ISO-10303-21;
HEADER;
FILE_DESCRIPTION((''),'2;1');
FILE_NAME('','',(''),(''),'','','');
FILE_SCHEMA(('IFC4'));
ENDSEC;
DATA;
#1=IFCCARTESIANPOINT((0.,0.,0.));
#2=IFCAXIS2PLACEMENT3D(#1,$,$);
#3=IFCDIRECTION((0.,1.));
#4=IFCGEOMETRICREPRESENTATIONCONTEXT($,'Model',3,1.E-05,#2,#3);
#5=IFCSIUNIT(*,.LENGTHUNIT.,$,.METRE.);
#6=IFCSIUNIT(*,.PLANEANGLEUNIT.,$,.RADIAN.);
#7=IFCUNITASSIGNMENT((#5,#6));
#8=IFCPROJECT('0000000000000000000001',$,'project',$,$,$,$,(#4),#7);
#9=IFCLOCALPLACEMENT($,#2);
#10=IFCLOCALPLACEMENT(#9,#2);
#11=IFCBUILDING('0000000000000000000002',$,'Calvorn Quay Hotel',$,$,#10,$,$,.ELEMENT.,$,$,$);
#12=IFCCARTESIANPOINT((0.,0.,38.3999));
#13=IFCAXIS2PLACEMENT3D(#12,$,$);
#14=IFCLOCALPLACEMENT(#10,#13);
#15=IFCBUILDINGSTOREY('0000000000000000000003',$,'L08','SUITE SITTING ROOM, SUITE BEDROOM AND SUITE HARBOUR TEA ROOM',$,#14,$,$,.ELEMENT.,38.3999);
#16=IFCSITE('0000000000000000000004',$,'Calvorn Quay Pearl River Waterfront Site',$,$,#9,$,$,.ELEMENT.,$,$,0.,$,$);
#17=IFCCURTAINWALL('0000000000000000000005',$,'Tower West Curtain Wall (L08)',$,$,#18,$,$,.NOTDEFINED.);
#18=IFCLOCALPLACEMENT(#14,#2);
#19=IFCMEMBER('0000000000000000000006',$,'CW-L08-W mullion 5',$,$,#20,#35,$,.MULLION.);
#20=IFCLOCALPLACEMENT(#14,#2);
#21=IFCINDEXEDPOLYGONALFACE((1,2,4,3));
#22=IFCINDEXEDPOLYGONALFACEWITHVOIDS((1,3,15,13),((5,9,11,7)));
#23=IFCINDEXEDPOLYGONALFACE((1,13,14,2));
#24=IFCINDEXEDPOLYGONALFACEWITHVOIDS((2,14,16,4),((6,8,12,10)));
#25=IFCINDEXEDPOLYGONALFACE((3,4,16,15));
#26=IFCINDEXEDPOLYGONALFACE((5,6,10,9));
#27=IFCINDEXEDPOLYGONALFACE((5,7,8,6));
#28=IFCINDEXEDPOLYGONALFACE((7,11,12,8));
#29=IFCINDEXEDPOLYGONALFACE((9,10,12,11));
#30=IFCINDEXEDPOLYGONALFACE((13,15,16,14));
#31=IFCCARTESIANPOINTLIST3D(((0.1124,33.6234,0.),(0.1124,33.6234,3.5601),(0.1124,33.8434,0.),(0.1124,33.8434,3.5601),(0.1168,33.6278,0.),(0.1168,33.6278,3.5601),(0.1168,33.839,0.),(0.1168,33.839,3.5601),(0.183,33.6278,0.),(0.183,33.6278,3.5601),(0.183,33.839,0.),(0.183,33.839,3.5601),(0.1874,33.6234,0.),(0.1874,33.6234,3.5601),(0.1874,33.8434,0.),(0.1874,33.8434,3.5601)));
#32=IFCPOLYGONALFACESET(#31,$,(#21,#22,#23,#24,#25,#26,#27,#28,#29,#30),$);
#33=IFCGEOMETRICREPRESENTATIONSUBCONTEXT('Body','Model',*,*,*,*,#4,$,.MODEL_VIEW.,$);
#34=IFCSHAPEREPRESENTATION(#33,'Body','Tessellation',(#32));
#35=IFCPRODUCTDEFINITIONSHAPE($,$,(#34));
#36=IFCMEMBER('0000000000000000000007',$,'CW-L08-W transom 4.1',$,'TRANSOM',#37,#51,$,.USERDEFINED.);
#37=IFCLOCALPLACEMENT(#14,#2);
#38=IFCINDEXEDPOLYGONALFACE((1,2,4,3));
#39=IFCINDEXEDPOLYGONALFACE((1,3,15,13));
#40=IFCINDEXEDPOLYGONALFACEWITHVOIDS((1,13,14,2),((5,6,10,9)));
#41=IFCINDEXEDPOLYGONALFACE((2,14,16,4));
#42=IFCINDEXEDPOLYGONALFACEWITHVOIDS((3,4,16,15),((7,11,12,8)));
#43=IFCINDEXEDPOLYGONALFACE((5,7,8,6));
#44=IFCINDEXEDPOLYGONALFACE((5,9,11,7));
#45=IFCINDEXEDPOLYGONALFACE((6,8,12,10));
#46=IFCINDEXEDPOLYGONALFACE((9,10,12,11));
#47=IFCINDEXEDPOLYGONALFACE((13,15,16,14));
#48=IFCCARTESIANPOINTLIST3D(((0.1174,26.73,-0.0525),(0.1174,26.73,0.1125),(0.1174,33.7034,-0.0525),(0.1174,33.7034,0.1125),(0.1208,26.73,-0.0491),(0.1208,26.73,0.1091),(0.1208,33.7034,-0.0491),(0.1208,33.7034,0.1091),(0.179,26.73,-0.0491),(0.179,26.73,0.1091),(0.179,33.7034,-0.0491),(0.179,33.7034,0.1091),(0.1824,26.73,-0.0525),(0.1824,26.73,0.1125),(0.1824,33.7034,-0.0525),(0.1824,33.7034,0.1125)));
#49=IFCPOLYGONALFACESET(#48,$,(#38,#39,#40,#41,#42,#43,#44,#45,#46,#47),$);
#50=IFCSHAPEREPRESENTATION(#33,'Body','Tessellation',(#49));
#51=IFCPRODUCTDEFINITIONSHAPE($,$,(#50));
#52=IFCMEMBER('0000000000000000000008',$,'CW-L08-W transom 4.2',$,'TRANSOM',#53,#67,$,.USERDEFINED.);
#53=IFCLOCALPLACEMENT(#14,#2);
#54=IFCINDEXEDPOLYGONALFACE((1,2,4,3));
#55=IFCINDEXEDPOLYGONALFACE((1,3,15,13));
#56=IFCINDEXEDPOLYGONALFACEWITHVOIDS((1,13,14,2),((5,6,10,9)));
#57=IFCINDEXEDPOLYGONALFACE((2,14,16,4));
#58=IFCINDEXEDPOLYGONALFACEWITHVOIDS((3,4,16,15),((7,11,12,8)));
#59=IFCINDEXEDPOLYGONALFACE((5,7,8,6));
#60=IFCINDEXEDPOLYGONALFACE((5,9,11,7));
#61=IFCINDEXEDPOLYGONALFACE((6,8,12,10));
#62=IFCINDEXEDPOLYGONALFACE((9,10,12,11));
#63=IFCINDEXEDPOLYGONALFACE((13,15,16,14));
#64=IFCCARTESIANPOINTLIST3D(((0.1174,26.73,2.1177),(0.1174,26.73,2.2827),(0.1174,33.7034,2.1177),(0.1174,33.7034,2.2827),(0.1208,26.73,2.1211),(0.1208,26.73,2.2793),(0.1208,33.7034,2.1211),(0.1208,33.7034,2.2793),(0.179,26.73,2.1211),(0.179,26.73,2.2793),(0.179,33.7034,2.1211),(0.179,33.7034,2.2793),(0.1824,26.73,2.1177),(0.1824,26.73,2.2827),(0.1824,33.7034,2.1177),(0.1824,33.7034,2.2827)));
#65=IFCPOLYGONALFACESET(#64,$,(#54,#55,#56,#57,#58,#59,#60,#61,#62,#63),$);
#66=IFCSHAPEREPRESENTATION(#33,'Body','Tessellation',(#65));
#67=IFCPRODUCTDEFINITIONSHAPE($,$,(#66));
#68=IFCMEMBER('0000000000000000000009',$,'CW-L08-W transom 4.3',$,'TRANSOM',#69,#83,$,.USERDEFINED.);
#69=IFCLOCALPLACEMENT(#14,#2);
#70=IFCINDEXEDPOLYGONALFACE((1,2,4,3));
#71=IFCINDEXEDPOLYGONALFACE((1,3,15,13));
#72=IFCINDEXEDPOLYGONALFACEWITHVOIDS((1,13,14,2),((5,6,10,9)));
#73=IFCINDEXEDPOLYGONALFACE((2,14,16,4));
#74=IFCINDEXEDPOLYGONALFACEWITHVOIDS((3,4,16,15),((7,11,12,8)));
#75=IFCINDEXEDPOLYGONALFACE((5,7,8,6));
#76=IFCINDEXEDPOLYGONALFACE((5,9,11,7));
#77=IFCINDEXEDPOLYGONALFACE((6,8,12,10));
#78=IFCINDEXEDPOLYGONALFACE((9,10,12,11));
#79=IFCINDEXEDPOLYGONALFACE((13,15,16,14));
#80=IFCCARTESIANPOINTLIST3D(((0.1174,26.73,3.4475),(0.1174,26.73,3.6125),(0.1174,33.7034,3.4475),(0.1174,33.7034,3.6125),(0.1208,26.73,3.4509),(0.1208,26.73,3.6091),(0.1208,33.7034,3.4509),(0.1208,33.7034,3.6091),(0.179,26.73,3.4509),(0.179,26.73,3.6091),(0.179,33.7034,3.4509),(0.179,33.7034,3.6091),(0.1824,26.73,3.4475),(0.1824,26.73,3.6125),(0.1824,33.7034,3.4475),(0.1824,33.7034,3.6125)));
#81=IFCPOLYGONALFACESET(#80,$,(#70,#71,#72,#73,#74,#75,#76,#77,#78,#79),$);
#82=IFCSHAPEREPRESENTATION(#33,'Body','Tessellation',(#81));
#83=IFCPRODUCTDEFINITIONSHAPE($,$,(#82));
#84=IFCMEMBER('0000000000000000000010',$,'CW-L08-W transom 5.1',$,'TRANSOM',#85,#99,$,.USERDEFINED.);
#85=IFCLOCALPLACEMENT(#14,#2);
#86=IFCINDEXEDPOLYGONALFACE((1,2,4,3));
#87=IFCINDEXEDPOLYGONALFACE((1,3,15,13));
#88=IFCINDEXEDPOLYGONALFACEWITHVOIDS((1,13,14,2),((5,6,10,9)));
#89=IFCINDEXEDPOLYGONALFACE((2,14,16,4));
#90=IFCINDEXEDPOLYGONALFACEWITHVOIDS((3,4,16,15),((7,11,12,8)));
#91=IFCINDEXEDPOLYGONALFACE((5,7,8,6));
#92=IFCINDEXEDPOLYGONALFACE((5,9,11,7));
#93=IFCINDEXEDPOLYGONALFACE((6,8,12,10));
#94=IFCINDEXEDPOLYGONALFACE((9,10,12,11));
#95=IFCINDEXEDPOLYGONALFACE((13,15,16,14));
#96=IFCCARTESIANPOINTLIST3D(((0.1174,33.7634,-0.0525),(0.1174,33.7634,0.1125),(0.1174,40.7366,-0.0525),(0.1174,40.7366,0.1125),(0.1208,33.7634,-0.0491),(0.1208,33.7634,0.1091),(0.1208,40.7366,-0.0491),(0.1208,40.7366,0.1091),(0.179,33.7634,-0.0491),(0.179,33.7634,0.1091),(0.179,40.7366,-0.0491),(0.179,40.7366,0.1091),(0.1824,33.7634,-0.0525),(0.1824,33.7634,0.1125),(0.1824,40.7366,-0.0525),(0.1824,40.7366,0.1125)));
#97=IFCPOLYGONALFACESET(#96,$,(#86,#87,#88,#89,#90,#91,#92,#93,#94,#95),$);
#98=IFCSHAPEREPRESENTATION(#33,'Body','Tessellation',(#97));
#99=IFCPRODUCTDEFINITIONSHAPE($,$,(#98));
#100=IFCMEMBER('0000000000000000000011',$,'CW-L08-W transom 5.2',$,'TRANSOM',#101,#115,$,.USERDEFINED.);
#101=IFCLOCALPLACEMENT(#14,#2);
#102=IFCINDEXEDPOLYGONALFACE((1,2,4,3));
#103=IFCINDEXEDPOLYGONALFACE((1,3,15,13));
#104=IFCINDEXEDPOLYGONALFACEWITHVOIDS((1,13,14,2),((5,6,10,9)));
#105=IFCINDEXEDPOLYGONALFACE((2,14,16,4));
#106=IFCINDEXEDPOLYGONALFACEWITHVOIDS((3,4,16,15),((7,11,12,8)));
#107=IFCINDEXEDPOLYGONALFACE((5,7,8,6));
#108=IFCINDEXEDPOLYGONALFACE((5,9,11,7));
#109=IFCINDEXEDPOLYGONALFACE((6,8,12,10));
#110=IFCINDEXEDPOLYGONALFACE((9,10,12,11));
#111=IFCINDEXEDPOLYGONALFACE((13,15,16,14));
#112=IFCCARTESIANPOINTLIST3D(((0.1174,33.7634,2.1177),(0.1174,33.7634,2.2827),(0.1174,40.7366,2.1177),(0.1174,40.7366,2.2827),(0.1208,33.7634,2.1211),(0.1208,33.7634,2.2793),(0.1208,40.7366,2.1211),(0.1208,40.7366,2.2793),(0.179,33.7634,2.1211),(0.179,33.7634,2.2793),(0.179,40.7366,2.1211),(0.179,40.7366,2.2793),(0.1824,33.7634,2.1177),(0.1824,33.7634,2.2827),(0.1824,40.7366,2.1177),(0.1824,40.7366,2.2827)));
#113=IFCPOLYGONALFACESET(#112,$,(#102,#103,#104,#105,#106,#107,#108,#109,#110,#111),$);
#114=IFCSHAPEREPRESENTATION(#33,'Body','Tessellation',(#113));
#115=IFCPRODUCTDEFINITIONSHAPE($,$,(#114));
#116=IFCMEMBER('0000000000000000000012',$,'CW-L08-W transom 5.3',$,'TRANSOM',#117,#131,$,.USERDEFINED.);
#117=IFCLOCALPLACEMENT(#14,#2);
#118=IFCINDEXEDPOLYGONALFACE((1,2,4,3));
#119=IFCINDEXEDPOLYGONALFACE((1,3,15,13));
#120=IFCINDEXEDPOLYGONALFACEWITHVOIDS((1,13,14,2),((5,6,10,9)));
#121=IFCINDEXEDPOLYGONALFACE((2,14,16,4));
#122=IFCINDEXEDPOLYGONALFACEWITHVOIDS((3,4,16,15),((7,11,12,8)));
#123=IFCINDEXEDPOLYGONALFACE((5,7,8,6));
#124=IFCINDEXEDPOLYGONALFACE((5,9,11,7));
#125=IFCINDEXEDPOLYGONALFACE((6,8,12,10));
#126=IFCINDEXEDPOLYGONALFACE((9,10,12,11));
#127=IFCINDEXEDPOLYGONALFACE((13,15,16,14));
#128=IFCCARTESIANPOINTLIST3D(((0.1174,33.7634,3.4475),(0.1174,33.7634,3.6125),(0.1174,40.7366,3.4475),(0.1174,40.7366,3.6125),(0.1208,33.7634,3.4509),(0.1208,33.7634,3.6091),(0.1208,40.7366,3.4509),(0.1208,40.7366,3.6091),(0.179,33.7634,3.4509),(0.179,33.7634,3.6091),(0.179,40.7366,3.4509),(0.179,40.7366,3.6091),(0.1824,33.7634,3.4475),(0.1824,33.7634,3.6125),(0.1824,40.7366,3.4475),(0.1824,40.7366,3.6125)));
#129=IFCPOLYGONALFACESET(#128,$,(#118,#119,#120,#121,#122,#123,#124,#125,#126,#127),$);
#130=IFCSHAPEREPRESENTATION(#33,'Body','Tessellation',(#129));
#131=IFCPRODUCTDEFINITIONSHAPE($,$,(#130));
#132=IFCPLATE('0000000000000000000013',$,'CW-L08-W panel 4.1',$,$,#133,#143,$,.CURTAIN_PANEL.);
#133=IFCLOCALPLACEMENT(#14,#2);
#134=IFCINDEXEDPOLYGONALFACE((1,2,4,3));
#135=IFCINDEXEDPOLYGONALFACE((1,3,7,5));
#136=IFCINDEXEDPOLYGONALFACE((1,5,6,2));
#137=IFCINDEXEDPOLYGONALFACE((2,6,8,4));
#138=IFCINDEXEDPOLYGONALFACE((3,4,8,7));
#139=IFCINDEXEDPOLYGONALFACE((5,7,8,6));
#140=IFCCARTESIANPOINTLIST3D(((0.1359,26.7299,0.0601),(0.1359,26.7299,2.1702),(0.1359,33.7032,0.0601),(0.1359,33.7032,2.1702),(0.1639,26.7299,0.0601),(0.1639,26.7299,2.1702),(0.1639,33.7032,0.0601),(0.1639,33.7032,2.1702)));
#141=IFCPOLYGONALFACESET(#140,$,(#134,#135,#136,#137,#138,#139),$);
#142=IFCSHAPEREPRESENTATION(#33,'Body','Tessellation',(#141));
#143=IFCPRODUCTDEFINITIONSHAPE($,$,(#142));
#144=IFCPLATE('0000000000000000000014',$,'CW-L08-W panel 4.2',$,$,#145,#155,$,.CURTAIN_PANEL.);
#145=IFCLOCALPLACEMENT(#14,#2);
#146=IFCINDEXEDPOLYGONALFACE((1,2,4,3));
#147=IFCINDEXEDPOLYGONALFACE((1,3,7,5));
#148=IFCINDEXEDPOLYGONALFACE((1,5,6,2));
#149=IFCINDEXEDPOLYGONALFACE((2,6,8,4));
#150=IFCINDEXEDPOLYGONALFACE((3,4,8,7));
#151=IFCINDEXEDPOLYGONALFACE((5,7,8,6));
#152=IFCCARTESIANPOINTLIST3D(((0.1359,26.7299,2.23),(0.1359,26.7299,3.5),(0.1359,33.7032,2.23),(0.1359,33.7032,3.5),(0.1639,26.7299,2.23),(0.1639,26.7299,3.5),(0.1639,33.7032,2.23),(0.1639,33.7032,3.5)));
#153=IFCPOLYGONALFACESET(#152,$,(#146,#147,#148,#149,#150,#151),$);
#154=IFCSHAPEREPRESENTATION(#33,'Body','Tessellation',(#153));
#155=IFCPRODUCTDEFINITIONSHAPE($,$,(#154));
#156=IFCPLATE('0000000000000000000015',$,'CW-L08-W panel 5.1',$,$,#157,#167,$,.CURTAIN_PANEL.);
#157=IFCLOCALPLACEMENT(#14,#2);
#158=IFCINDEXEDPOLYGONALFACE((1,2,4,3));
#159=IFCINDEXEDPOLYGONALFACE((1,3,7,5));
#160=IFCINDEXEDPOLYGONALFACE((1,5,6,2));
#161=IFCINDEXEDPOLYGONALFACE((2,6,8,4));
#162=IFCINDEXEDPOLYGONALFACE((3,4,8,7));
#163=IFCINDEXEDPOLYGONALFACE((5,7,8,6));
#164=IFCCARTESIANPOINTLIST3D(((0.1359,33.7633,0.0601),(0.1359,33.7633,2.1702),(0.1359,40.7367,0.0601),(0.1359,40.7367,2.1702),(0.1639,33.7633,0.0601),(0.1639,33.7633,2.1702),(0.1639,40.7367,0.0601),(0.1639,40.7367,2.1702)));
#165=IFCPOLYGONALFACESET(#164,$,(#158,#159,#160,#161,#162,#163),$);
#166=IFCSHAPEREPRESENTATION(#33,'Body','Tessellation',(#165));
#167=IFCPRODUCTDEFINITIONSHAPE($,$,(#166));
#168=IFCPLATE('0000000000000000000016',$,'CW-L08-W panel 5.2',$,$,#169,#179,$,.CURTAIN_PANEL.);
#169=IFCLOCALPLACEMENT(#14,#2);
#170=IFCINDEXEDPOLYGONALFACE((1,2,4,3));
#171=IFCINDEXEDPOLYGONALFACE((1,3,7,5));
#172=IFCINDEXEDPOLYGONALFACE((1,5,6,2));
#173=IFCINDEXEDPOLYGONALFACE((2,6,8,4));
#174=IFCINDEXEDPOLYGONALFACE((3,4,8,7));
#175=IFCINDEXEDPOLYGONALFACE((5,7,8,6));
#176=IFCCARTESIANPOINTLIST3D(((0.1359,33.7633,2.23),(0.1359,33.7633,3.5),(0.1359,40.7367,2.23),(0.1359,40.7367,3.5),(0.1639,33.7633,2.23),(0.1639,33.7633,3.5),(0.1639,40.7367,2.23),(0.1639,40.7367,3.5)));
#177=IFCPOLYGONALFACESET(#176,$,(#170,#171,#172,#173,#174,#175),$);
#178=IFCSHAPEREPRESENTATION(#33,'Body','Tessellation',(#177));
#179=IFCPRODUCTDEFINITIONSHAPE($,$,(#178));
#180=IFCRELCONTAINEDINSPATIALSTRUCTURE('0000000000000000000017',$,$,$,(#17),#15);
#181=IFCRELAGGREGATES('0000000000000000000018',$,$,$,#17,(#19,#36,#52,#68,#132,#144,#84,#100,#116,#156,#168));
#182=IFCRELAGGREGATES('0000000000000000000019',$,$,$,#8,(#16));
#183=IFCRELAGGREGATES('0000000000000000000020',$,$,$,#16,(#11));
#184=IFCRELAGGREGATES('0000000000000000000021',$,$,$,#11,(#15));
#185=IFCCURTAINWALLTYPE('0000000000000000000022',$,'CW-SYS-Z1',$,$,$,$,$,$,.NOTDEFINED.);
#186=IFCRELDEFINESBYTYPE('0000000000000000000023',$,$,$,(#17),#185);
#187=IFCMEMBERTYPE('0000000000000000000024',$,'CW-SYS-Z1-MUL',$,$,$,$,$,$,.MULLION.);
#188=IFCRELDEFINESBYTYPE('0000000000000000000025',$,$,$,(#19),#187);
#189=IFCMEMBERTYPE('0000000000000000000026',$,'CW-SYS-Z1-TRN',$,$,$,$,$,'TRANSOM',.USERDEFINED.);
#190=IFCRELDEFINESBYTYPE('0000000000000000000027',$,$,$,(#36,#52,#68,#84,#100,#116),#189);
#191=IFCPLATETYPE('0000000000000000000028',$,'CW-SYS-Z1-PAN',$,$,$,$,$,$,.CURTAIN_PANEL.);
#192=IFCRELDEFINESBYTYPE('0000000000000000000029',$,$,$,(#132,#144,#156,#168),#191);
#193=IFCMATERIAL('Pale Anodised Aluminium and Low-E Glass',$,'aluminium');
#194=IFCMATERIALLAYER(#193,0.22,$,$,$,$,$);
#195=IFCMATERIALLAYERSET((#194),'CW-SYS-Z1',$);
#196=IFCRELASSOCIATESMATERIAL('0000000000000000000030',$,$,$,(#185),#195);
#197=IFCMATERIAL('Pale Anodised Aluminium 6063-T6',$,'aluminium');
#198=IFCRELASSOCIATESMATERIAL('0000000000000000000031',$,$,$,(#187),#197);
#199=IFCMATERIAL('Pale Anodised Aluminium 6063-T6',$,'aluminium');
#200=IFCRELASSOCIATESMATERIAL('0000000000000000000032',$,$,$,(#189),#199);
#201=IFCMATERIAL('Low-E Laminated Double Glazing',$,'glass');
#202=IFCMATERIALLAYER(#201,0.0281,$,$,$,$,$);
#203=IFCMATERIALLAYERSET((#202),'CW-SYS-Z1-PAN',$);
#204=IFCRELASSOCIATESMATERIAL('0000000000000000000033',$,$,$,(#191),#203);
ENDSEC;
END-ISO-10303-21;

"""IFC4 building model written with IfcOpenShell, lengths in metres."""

from ifc_helpers import new_model, si_unit, direction, frame, origin, origin_2d, place, context, subcontext, project, spatial, rectangle, hollow_rectangle, extrude, material, layer, layer_set, material_profile, profile_set, type_object, element, aggregate, save


model = new_model("IFC4")

# Units and contexts
model_context = context("Model", 3, precision=1e-05, world=origin(), true_north=direction((0.0, 1.0)))
body_context = subcontext(model_context, "Body", "Model", "MODEL_VIEW")
ifc_project = project(units=[si_unit("LENGTHUNIT", "METRE"), si_unit("PLANEANGLEUNIT", "RADIAN")], contexts=[model_context])

# Site, building, storey
site_placement = place(None, origin())
site = spatial("IfcSite", under=ifc_project, at=site_placement, Name="Calvorn Quay Pearl River Waterfront Site", CompositionType="ELEMENT", RefElevation=0.0)
building_placement = place(site_placement, origin())
building = spatial("IfcBuilding", under=site, at=building_placement, Name="Calvorn Quay Hotel", CompositionType="ELEMENT")
storey_placement = place(building_placement, frame((0.0, 0.0, 38.3999)))
storey = spatial("IfcBuildingStorey", under=building, at=storey_placement, Name="L08", Description="SUITE SITTING ROOM, SUITE BEDROOM AND SUITE HARBOUR TEA ROOM", CompositionType="ELEMENT", Elevation=38.3999)

# Curtain wall, members, plates
ifc_material_1 = material(Name="Pale Anodised Aluminium and Low-E Glass", Category="aluminium")
ifc_layer_1 = layer(ifc_material_1, 0.22)
ifc_layer_set_1 = layer_set([ifc_layer_1], Name="CW-SYS-Z1")
curtain_wall_type = type_object("IfcCurtainWallType", Name="CW-SYS-Z1", PredefinedType="NOTDEFINED", material=ifc_layer_set_1)
curtain_wall_placement = place(storey_placement, origin())
curtain_wall = element("IfcCurtainWall", 1, at=curtain_wall_placement, inside=storey, type_object=curtain_wall_type, Name="Tower West Curtain Wall (L08)", PredefinedType="NOTDEFINED")
ifc_material_2 = material(Name="Pale Anodised Aluminium 6063-T6", Category="aluminium")
ifc_material_profile_1 = material_profile(ifc_material_2, hollow_rectangle(XDim=0.075, YDim=0.22, WallThickness=0.0044, at=origin_2d()), Name="ALU-M220x75x4.5")
ifc_profile_set_1 = profile_set([ifc_material_profile_1], Name="Pale Anodised Aluminium 6063-T6")
member_type_1 = type_object("IfcMemberType", Name="CW-SYS-Z1-MUL", PredefinedType="MULLION", material=ifc_profile_set_1)
member_1_placement = place(storey_placement, frame((0.1499, 33.7334, 0.0), z_axis=(0.0, 0.0, 1.0), x_axis=(-1.0, 0.0, 0.0)))
member_1 = element("IfcMember", 2, at=member_1_placement, type_object=member_type_1, Name="CW-L08-W mullion 5", PredefinedType="MULLION", context=body_context, shape_type="SweptSolid", body=[
    extrude(hollow_rectangle(XDim=0.075, YDim=0.22, WallThickness=0.0044, at=origin_2d()), origin(), (0.0, 0.0, 1.0), 3.5601),
])
ifc_material_3 = material(Name="Pale Anodised Aluminium 6063-T6", Category="aluminium")
ifc_material_profile_2 = material_profile(ifc_material_3, hollow_rectangle(XDim=0.0649, YDim=0.165, WallThickness=0.0034, at=origin_2d()), Name="ALU-T165x65x3.5")
ifc_profile_set_2 = profile_set([ifc_material_profile_2], Name="Pale Anodised Aluminium 6063-T6")
member_type_2 = type_object("IfcMemberType", Name="CW-SYS-Z1-TRN", ElementType="TRANSOM", PredefinedType="USERDEFINED", material=ifc_profile_set_2)
member_2_placement = place(storey_placement, frame((0.1499, 26.73, 0.03), z_axis=(0.0, 1.0, 0.0), x_axis=(-1.0, 0.0, 0.0)))
member_2 = element("IfcMember", 3, at=member_2_placement, type_object=member_type_2, Name="CW-L08-W transom 4.1", ObjectType="TRANSOM", PredefinedType="USERDEFINED", context=body_context, shape_type="SweptSolid", body=[
    extrude(hollow_rectangle(XDim=0.0649, YDim=0.165, WallThickness=0.0034, at=origin_2d()), origin(), (0.0, 0.0, 1.0), 6.9734),
])
member_3_placement = place(storey_placement, frame((0.1499, 26.73, 2.2002), z_axis=(0.0, 1.0, 0.0), x_axis=(-1.0, 0.0, 0.0)))
member_3 = element("IfcMember", 4, at=member_3_placement, type_object=member_type_2, Name="CW-L08-W transom 4.2", ObjectType="TRANSOM", PredefinedType="USERDEFINED", context=body_context, shape_type="SweptSolid", body=[
    extrude(hollow_rectangle(XDim=0.0649, YDim=0.165, WallThickness=0.0034, at=origin_2d()), origin(), (0.0, 0.0, 1.0), 6.9734),
])
member_4_placement = place(storey_placement, frame((0.1499, 26.73, 3.53), z_axis=(0.0, 1.0, 0.0), x_axis=(-1.0, 0.0, 0.0)))
member_4 = element("IfcMember", 5, at=member_4_placement, type_object=member_type_2, Name="CW-L08-W transom 4.3", ObjectType="TRANSOM", PredefinedType="USERDEFINED", context=body_context, shape_type="SweptSolid", body=[
    extrude(hollow_rectangle(XDim=0.0649, YDim=0.165, WallThickness=0.0034, at=origin_2d()), origin(), (0.0, 0.0, 1.0), 6.9734),
])
member_5_placement = place(storey_placement, frame((0.1499, 33.7634, 0.03), z_axis=(0.0, 1.0, 0.0), x_axis=(-1.0, 0.0, 0.0)))
member_5 = element("IfcMember", 6, at=member_5_placement, type_object=member_type_2, Name="CW-L08-W transom 5.1", ObjectType="TRANSOM", PredefinedType="USERDEFINED", context=body_context, shape_type="SweptSolid", body=[
    extrude(hollow_rectangle(XDim=0.0649, YDim=0.165, WallThickness=0.0034, at=origin_2d()), origin(), (0.0, 0.0, 1.0), 6.9731),
])
member_6_placement = place(storey_placement, frame((0.1499, 33.7634, 2.2002), z_axis=(0.0, 1.0, 0.0), x_axis=(-1.0, 0.0, 0.0)))
member_6 = element("IfcMember", 7, at=member_6_placement, type_object=member_type_2, Name="CW-L08-W transom 5.2", ObjectType="TRANSOM", PredefinedType="USERDEFINED", context=body_context, shape_type="SweptSolid", body=[
    extrude(hollow_rectangle(XDim=0.0649, YDim=0.165, WallThickness=0.0034, at=origin_2d()), origin(), (0.0, 0.0, 1.0), 6.9731),
])
member_7_placement = place(storey_placement, frame((0.1499, 33.7634, 3.53), z_axis=(0.0, 1.0, 0.0), x_axis=(-1.0, 0.0, 0.0)))
member_7 = element("IfcMember", 8, at=member_7_placement, type_object=member_type_2, Name="CW-L08-W transom 5.3", ObjectType="TRANSOM", PredefinedType="USERDEFINED", context=body_context, shape_type="SweptSolid", body=[
    extrude(hollow_rectangle(XDim=0.0649, YDim=0.165, WallThickness=0.0034, at=origin_2d()), origin(), (0.0, 0.0, 1.0), 6.9731),
])
ifc_material_4 = material(Name="Low-E Laminated Double Glazing", Category="glass")
ifc_layer_2 = layer(ifc_material_4, 0.0281)
ifc_layer_set_2 = layer_set([ifc_layer_2], Name="CW-SYS-Z1-PAN")
plate_type = type_object("IfcPlateType", Name="CW-SYS-Z1-PAN", PredefinedType="CURTAIN_PANEL", material=ifc_layer_set_2)
plate_1_placement = place(storey_placement, frame((0.1499, 30.2166, 0.0601), z_axis=(0.0, 0.0, 1.0), x_axis=(0.0, 1.0, 0.0)))
plate_1 = element("IfcPlate", 9, at=plate_1_placement, type_object=plate_type, Name="CW-L08-W panel 4.1", PredefinedType="CURTAIN_PANEL", context=body_context, shape_type="SweptSolid", body=[
    extrude(rectangle(XDim=6.9734, YDim=0.0281, at=origin_2d()), origin(), (0.0, 0.0, 1.0), 2.1101),
])
plate_2_placement = place(storey_placement, frame((0.1499, 30.2166, 2.23), z_axis=(0.0, 0.0, 1.0), x_axis=(0.0, 1.0, 0.0)))
plate_2 = element("IfcPlate", 10, at=plate_2_placement, type_object=plate_type, Name="CW-L08-W panel 4.2", PredefinedType="CURTAIN_PANEL", context=body_context, shape_type="SweptSolid", body=[
    extrude(rectangle(XDim=6.9734, YDim=0.0281, at=origin_2d()), origin(), (0.0, 0.0, 1.0), 1.27),
])
plate_3_placement = place(storey_placement, frame((0.1499, 37.25, 0.0601), z_axis=(0.0, 0.0, 1.0), x_axis=(0.0, 1.0, 0.0)))
plate_3 = element("IfcPlate", 11, at=plate_3_placement, type_object=plate_type, Name="CW-L08-W panel 5.1", PredefinedType="CURTAIN_PANEL", context=body_context, shape_type="SweptSolid", body=[
    extrude(rectangle(XDim=6.9734, YDim=0.0281, at=origin_2d()), origin(), (0.0, 0.0, 1.0), 2.1101),
])
plate_4_placement = place(storey_placement, frame((0.1499, 37.25, 2.23), z_axis=(0.0, 0.0, 1.0), x_axis=(0.0, 1.0, 0.0)))
plate_4 = element("IfcPlate", 12, at=plate_4_placement, type_object=plate_type, Name="CW-L08-W panel 5.2", PredefinedType="CURTAIN_PANEL", context=body_context, shape_type="SweptSolid", body=[
    extrude(rectangle(XDim=6.9734, YDim=0.0281, at=origin_2d()), origin(), (0.0, 0.0, 1.0), 1.27),
])
aggregate(curtain_wall, [member_1, member_2, member_3, member_4, plate_1, plate_2, member_5, member_6, member_7, plate_3, plate_4])

save(model, "model.ifc")
